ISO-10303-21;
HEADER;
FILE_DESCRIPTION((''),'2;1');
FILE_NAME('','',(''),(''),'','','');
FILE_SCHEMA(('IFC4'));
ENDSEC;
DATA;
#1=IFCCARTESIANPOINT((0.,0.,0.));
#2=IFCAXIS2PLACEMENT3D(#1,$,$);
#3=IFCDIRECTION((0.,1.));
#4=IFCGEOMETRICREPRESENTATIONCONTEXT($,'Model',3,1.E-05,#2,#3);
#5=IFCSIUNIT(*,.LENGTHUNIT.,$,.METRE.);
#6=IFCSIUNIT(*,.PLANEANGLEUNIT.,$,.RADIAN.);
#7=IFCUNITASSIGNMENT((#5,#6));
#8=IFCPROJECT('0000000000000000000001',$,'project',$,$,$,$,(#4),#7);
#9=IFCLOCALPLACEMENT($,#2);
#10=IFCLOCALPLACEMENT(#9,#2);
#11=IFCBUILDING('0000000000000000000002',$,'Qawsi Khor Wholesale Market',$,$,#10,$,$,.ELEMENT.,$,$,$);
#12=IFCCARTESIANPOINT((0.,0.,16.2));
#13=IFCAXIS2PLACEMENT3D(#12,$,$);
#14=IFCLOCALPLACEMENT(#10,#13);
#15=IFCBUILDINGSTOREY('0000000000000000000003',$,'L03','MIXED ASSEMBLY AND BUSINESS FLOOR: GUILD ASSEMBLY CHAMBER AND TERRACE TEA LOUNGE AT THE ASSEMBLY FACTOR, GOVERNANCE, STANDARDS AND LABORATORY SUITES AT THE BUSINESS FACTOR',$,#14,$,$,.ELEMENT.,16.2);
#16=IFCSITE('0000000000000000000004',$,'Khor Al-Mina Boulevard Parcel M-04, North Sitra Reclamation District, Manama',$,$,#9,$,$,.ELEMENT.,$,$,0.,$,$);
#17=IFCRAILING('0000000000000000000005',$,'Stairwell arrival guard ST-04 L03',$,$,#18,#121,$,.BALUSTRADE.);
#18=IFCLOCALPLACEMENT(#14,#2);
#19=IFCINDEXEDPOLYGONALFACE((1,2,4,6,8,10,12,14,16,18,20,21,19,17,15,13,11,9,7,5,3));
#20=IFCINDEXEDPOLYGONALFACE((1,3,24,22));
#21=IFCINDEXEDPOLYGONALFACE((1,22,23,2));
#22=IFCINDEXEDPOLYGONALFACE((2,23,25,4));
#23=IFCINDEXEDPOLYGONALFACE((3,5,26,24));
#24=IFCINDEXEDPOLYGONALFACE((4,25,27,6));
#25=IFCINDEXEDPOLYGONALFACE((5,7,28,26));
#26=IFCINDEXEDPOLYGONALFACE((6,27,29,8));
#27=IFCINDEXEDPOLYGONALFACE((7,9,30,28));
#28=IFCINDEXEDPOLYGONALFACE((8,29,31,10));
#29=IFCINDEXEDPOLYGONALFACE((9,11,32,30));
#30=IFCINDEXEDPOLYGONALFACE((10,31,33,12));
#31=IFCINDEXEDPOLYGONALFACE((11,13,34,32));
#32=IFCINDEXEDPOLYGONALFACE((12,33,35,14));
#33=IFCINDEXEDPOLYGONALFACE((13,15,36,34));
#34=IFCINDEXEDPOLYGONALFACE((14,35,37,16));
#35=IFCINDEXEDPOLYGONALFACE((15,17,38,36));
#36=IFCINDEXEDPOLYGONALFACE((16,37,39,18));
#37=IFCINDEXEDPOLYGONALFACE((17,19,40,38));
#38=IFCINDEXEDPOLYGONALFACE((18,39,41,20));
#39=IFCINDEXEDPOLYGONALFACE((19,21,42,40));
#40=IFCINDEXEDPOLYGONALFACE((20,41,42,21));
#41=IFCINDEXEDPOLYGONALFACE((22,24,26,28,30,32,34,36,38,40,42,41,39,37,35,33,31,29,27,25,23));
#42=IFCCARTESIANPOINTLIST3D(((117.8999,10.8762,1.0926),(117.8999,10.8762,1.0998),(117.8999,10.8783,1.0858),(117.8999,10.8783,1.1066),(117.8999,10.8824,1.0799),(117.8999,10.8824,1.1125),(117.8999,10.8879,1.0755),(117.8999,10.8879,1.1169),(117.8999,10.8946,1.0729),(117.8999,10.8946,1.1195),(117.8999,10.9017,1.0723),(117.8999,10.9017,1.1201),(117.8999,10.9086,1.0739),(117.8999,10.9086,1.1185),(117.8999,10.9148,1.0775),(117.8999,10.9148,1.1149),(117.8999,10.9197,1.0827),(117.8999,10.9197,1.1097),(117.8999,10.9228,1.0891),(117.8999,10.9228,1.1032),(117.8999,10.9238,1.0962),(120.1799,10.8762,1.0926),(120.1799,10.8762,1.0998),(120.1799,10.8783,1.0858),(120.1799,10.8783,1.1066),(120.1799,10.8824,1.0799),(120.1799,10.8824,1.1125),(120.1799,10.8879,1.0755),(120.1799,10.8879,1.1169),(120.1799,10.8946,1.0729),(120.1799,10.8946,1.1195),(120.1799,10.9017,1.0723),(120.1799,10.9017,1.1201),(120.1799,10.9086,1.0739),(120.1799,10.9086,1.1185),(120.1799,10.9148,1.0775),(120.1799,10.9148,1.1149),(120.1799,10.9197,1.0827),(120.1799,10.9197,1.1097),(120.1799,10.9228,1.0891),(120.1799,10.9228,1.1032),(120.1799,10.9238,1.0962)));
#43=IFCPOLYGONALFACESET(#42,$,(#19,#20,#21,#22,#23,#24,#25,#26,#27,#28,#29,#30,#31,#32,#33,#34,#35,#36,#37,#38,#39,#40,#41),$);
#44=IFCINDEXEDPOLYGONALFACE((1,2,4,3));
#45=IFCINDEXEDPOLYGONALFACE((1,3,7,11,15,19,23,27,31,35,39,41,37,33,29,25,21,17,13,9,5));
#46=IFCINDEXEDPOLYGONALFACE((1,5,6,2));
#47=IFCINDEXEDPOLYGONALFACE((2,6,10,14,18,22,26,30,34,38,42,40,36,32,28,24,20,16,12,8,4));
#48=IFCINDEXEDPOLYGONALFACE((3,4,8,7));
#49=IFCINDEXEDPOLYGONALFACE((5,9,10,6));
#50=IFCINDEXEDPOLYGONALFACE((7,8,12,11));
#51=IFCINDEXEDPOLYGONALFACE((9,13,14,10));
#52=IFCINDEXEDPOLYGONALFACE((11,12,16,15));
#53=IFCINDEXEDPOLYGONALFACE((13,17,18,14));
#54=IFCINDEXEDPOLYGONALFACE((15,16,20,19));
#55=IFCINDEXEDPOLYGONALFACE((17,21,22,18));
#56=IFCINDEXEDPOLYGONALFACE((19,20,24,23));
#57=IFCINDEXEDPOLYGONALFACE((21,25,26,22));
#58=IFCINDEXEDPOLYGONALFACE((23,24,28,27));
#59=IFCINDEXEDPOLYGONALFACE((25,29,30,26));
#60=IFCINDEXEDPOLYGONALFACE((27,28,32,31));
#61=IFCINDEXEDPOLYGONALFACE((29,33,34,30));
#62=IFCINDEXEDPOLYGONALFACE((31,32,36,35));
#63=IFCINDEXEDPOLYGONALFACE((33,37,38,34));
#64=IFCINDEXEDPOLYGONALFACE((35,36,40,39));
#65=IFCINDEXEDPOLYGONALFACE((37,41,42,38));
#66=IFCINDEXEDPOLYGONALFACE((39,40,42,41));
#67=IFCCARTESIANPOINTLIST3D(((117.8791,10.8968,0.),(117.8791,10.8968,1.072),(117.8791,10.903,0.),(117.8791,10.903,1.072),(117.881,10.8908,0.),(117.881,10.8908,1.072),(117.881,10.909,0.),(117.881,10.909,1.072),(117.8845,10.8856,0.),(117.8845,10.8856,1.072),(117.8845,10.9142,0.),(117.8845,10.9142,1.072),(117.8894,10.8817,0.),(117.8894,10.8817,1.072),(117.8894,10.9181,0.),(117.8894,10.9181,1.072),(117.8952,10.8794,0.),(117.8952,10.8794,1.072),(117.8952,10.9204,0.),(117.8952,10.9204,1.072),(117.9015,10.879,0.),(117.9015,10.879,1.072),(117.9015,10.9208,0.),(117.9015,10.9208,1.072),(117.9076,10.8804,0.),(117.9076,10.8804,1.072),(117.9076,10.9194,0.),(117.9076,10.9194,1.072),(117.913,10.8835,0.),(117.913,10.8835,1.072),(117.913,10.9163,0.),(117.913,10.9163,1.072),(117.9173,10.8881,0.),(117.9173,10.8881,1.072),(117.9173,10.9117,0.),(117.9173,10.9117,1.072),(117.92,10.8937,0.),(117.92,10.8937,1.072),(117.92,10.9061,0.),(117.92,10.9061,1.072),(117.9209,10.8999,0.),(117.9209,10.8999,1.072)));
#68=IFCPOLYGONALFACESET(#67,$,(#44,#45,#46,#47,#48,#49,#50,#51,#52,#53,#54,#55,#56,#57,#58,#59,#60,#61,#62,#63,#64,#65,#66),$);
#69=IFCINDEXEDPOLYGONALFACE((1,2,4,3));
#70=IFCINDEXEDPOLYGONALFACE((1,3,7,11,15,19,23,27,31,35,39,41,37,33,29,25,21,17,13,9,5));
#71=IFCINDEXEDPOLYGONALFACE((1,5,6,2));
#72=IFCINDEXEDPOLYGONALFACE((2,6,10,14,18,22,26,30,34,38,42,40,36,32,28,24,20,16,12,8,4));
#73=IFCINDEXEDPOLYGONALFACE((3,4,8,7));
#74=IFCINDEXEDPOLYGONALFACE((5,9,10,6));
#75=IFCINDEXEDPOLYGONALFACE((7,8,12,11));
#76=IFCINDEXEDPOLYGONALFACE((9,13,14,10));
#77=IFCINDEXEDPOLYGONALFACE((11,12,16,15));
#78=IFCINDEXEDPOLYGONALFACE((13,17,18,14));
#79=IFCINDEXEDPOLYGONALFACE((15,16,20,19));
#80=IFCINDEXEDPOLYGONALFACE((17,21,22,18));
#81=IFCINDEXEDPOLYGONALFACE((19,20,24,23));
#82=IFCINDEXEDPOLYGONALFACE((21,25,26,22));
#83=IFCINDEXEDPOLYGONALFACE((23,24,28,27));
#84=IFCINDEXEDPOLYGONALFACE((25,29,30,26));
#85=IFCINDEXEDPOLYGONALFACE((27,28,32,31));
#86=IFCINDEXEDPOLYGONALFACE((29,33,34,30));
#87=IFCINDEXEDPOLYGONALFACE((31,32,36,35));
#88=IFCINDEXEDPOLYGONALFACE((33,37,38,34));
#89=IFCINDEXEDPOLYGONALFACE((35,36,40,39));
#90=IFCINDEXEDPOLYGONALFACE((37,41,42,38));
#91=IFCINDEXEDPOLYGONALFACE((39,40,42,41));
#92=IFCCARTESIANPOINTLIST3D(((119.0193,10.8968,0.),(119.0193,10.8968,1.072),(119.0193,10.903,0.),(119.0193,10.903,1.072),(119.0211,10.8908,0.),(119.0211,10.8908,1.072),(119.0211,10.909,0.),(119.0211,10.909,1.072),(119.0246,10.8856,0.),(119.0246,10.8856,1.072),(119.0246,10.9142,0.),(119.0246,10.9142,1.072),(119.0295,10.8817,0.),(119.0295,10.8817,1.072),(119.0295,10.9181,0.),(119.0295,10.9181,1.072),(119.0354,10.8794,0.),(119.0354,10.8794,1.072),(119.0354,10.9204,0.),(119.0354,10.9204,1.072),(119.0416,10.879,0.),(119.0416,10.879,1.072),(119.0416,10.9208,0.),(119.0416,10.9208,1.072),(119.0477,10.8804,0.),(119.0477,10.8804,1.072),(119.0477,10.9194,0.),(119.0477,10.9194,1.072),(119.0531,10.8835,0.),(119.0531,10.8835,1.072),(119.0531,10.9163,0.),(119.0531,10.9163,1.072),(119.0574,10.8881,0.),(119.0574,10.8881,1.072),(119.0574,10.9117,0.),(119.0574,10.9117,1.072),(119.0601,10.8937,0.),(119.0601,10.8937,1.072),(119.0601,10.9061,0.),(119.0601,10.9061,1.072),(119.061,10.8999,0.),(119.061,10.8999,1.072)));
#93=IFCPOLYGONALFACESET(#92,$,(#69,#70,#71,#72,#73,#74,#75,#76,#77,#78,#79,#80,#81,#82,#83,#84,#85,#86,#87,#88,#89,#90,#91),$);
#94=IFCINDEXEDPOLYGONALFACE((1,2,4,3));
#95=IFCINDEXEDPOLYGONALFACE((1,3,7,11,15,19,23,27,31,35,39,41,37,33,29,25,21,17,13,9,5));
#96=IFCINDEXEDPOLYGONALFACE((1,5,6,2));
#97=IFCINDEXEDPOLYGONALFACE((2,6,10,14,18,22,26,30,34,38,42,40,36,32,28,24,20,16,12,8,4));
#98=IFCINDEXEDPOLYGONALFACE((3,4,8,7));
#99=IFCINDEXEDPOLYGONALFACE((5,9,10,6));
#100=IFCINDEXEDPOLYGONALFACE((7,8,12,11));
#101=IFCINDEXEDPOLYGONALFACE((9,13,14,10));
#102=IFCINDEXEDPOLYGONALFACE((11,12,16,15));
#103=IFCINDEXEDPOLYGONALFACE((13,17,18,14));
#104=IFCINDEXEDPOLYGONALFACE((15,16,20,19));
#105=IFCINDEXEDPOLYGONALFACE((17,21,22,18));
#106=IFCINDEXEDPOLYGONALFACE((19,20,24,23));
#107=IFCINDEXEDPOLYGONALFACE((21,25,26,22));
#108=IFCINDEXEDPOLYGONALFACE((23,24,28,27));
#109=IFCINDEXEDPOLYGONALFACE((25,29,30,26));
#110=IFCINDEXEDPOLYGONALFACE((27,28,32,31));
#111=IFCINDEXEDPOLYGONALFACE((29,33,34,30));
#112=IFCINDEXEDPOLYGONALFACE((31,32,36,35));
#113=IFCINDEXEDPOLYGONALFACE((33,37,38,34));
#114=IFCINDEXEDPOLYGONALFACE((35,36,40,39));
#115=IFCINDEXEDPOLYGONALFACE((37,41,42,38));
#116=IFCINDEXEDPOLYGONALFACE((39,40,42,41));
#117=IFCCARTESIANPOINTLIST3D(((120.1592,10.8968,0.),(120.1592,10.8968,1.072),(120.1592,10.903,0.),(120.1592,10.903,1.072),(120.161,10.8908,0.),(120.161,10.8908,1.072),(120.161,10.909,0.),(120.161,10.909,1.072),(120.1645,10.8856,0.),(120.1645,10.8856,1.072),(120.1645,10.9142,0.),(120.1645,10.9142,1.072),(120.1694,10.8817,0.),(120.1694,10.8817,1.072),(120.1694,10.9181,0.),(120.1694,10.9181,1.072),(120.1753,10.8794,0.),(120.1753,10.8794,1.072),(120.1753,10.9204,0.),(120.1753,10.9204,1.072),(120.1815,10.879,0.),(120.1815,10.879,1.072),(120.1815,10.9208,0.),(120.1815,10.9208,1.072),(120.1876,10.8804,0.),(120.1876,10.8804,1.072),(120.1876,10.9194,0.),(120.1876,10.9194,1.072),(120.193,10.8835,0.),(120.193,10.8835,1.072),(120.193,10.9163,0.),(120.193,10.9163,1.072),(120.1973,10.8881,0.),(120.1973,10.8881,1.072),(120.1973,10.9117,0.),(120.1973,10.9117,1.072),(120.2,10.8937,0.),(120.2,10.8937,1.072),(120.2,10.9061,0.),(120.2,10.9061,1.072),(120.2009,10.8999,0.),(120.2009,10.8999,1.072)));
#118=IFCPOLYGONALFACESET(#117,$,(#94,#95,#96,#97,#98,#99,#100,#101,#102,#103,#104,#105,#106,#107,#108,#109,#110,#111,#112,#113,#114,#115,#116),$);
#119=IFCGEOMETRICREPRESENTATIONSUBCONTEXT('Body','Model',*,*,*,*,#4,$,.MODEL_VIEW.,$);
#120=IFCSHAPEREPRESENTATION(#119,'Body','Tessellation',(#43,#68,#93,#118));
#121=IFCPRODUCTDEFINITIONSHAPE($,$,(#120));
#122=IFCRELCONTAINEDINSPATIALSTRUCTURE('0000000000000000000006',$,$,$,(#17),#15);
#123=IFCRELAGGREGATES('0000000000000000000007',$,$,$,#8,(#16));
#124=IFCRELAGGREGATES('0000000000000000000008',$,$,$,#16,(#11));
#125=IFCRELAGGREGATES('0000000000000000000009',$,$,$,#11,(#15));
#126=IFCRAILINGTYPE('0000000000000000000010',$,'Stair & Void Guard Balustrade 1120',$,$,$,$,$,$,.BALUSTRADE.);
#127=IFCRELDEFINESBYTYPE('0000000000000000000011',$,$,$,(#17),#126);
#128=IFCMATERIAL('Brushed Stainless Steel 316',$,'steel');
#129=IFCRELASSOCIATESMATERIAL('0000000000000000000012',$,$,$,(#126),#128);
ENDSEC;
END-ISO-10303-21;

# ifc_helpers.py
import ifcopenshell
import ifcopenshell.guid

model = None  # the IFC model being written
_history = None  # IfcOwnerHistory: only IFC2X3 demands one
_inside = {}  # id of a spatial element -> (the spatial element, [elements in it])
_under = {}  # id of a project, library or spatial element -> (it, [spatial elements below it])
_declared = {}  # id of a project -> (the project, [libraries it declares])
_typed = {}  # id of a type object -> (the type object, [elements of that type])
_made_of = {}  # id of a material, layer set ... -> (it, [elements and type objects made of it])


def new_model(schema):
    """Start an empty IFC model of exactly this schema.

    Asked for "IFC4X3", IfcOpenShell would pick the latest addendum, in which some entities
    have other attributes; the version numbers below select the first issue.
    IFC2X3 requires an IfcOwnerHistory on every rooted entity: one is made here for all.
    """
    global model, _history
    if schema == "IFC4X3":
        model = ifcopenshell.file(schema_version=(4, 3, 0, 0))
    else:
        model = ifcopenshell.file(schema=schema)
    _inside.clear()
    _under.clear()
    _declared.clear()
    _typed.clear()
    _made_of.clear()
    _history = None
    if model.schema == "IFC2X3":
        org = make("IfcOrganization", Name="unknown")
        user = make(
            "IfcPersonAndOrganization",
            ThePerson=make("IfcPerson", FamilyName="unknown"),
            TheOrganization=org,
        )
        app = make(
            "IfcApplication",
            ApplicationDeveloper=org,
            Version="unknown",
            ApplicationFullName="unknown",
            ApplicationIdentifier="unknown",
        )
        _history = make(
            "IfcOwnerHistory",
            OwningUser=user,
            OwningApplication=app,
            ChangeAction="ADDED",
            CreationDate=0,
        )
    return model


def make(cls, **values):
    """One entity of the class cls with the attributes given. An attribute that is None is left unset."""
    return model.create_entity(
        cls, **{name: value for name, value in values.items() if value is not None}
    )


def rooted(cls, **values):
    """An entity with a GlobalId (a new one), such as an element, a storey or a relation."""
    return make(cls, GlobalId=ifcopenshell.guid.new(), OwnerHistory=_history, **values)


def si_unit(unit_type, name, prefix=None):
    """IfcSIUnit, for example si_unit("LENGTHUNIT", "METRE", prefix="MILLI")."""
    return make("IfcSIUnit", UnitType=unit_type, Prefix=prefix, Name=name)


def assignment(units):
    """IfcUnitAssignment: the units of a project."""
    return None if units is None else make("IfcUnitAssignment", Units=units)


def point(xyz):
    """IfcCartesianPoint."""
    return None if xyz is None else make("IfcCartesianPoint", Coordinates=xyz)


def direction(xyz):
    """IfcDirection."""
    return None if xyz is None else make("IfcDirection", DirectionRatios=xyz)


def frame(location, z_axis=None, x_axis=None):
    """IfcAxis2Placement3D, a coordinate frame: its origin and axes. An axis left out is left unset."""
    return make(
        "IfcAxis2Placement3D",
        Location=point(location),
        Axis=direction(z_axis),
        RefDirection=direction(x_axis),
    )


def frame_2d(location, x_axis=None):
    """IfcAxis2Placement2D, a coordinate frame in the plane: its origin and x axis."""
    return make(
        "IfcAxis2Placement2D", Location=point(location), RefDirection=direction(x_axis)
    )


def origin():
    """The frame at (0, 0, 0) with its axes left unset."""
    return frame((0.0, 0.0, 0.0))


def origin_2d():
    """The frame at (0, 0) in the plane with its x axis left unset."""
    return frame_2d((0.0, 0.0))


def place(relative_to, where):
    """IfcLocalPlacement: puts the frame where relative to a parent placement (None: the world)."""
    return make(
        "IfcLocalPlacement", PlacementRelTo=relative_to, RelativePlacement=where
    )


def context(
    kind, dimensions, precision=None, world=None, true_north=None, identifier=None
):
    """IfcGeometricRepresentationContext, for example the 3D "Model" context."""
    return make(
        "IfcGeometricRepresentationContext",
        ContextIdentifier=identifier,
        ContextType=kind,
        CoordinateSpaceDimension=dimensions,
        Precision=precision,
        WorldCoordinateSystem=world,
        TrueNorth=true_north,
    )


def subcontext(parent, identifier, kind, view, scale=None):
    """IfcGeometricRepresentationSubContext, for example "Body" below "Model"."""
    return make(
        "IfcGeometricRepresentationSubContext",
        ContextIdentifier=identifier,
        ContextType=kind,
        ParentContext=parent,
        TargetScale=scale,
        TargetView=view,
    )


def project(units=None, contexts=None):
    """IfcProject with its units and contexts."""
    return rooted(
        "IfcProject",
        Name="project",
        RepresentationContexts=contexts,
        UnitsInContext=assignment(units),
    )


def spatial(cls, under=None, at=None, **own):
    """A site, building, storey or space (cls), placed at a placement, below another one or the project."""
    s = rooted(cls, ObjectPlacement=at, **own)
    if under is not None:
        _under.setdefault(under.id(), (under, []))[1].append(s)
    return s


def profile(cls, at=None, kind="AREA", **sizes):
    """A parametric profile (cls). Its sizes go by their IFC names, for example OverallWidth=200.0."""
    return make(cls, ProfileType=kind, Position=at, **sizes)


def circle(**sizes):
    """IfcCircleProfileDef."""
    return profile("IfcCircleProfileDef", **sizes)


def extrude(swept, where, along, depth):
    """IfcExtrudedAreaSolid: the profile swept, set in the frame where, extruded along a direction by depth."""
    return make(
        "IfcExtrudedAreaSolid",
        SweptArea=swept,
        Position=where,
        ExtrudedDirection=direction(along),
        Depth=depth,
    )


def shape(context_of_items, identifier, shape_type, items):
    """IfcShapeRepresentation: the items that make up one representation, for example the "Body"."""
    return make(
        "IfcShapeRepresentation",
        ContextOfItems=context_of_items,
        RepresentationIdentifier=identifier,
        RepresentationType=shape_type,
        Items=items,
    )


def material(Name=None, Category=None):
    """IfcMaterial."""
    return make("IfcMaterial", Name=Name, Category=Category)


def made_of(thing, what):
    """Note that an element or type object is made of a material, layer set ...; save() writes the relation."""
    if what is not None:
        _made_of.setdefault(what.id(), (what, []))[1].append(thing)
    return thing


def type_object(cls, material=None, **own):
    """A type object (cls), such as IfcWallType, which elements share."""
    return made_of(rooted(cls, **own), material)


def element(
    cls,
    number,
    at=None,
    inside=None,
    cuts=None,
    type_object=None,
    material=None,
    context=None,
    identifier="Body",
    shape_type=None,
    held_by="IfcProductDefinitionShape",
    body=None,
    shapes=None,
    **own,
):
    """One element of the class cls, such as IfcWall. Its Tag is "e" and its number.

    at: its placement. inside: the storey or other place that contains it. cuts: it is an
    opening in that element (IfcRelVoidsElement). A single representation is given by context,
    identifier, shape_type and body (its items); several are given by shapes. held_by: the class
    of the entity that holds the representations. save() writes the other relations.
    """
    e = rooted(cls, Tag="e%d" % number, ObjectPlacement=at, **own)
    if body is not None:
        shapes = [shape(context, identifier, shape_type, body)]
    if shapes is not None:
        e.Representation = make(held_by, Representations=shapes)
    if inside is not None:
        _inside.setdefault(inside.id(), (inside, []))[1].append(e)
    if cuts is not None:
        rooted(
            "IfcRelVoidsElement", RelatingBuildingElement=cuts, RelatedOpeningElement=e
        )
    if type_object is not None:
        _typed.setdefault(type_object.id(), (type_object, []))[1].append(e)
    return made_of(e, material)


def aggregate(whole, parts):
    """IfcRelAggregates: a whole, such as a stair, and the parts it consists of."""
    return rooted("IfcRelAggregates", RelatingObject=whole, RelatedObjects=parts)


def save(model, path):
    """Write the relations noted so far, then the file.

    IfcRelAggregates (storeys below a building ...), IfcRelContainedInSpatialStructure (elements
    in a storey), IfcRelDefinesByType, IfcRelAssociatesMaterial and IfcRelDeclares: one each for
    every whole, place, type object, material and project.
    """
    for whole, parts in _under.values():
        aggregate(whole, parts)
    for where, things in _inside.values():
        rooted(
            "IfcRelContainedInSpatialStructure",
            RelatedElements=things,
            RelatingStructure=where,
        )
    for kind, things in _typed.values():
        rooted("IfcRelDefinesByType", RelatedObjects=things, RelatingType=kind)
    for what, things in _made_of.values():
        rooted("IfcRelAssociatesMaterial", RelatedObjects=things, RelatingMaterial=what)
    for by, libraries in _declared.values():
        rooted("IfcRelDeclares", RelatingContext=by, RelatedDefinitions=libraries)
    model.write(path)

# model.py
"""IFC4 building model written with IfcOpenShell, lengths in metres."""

from ifc_helpers import new_model, si_unit, direction, frame, origin, origin_2d, place, context, subcontext, project, spatial, circle, extrude, material, type_object, element, save


model = new_model("IFC4")

# Units and contexts
model_context = context("Model", 3, precision=1e-05, world=origin(), true_north=direction((0.0, 1.0)))
body_context = subcontext(model_context, "Body", "Model", "MODEL_VIEW")
ifc_project = project(units=[si_unit("LENGTHUNIT", "METRE"), si_unit("PLANEANGLEUNIT", "RADIAN")], contexts=[model_context])

# Site, building, storey
site_placement = place(None, origin())
site = spatial("IfcSite", under=ifc_project, at=site_placement, Name="Khor Al-Mina Boulevard Parcel M-04, North Sitra Reclamation District, Manama", CompositionType="ELEMENT", RefElevation=0.0)
building_placement = place(site_placement, origin())
building = spatial("IfcBuilding", under=site, at=building_placement, Name="Qawsi Khor Wholesale Market", CompositionType="ELEMENT")
storey_placement = place(building_placement, frame((0.0, 0.0, 16.2)))
storey = spatial("IfcBuildingStorey", under=building, at=storey_placement, Name="L03", Description="MIXED ASSEMBLY AND BUSINESS FLOOR: GUILD ASSEMBLY CHAMBER AND TERRACE TEA LOUNGE AT THE ASSEMBLY FACTOR, GOVERNANCE, STANDARDS AND LABORATORY SUITES AT THE BUSINESS FACTOR", CompositionType="ELEMENT", Elevation=16.2)

# Railing
ifc_material_1 = material(Name="Brushed Stainless Steel 316", Category="steel")
railing_type_1 = type_object("IfcRailingType", Name="Stair & Void Guard Balustrade 1120", PredefinedType="BALUSTRADE", material=ifc_material_1)
railing_1_placement = place(storey_placement, frame((117.8999, 10.8999, 0.0)))
element("IfcRailing", 1, at=railing_1_placement, inside=storey, type_object=railing_type_1, Name="Stairwell arrival guard ST-04 L03", PredefinedType="BALUSTRADE", context=body_context, shape_type="SweptSolid", body=[
    extrude(circle(Radius=0.0239, at=origin_2d()), frame((0.0, 0.0, 1.0962), z_axis=(1.0, 0.0, 0.0), x_axis=(0.0, 1.0, 0.0)), (0.0, 0.0, 1.0), 2.28),
    extrude(circle(Radius=0.021, at=origin_2d()), origin(), (0.0, 0.0, 1.0), 1.072),
    extrude(circle(Radius=0.021, at=origin_2d()), frame((1.1401, 0.0, 0.0)), (0.0, 0.0, 1.0), 1.072),
    extrude(circle(Radius=0.021, at=origin_2d()), frame((2.28, 0.0, 0.0)), (0.0, 0.0, 1.0), 1.072),
])

save(model, "model.ifc")
